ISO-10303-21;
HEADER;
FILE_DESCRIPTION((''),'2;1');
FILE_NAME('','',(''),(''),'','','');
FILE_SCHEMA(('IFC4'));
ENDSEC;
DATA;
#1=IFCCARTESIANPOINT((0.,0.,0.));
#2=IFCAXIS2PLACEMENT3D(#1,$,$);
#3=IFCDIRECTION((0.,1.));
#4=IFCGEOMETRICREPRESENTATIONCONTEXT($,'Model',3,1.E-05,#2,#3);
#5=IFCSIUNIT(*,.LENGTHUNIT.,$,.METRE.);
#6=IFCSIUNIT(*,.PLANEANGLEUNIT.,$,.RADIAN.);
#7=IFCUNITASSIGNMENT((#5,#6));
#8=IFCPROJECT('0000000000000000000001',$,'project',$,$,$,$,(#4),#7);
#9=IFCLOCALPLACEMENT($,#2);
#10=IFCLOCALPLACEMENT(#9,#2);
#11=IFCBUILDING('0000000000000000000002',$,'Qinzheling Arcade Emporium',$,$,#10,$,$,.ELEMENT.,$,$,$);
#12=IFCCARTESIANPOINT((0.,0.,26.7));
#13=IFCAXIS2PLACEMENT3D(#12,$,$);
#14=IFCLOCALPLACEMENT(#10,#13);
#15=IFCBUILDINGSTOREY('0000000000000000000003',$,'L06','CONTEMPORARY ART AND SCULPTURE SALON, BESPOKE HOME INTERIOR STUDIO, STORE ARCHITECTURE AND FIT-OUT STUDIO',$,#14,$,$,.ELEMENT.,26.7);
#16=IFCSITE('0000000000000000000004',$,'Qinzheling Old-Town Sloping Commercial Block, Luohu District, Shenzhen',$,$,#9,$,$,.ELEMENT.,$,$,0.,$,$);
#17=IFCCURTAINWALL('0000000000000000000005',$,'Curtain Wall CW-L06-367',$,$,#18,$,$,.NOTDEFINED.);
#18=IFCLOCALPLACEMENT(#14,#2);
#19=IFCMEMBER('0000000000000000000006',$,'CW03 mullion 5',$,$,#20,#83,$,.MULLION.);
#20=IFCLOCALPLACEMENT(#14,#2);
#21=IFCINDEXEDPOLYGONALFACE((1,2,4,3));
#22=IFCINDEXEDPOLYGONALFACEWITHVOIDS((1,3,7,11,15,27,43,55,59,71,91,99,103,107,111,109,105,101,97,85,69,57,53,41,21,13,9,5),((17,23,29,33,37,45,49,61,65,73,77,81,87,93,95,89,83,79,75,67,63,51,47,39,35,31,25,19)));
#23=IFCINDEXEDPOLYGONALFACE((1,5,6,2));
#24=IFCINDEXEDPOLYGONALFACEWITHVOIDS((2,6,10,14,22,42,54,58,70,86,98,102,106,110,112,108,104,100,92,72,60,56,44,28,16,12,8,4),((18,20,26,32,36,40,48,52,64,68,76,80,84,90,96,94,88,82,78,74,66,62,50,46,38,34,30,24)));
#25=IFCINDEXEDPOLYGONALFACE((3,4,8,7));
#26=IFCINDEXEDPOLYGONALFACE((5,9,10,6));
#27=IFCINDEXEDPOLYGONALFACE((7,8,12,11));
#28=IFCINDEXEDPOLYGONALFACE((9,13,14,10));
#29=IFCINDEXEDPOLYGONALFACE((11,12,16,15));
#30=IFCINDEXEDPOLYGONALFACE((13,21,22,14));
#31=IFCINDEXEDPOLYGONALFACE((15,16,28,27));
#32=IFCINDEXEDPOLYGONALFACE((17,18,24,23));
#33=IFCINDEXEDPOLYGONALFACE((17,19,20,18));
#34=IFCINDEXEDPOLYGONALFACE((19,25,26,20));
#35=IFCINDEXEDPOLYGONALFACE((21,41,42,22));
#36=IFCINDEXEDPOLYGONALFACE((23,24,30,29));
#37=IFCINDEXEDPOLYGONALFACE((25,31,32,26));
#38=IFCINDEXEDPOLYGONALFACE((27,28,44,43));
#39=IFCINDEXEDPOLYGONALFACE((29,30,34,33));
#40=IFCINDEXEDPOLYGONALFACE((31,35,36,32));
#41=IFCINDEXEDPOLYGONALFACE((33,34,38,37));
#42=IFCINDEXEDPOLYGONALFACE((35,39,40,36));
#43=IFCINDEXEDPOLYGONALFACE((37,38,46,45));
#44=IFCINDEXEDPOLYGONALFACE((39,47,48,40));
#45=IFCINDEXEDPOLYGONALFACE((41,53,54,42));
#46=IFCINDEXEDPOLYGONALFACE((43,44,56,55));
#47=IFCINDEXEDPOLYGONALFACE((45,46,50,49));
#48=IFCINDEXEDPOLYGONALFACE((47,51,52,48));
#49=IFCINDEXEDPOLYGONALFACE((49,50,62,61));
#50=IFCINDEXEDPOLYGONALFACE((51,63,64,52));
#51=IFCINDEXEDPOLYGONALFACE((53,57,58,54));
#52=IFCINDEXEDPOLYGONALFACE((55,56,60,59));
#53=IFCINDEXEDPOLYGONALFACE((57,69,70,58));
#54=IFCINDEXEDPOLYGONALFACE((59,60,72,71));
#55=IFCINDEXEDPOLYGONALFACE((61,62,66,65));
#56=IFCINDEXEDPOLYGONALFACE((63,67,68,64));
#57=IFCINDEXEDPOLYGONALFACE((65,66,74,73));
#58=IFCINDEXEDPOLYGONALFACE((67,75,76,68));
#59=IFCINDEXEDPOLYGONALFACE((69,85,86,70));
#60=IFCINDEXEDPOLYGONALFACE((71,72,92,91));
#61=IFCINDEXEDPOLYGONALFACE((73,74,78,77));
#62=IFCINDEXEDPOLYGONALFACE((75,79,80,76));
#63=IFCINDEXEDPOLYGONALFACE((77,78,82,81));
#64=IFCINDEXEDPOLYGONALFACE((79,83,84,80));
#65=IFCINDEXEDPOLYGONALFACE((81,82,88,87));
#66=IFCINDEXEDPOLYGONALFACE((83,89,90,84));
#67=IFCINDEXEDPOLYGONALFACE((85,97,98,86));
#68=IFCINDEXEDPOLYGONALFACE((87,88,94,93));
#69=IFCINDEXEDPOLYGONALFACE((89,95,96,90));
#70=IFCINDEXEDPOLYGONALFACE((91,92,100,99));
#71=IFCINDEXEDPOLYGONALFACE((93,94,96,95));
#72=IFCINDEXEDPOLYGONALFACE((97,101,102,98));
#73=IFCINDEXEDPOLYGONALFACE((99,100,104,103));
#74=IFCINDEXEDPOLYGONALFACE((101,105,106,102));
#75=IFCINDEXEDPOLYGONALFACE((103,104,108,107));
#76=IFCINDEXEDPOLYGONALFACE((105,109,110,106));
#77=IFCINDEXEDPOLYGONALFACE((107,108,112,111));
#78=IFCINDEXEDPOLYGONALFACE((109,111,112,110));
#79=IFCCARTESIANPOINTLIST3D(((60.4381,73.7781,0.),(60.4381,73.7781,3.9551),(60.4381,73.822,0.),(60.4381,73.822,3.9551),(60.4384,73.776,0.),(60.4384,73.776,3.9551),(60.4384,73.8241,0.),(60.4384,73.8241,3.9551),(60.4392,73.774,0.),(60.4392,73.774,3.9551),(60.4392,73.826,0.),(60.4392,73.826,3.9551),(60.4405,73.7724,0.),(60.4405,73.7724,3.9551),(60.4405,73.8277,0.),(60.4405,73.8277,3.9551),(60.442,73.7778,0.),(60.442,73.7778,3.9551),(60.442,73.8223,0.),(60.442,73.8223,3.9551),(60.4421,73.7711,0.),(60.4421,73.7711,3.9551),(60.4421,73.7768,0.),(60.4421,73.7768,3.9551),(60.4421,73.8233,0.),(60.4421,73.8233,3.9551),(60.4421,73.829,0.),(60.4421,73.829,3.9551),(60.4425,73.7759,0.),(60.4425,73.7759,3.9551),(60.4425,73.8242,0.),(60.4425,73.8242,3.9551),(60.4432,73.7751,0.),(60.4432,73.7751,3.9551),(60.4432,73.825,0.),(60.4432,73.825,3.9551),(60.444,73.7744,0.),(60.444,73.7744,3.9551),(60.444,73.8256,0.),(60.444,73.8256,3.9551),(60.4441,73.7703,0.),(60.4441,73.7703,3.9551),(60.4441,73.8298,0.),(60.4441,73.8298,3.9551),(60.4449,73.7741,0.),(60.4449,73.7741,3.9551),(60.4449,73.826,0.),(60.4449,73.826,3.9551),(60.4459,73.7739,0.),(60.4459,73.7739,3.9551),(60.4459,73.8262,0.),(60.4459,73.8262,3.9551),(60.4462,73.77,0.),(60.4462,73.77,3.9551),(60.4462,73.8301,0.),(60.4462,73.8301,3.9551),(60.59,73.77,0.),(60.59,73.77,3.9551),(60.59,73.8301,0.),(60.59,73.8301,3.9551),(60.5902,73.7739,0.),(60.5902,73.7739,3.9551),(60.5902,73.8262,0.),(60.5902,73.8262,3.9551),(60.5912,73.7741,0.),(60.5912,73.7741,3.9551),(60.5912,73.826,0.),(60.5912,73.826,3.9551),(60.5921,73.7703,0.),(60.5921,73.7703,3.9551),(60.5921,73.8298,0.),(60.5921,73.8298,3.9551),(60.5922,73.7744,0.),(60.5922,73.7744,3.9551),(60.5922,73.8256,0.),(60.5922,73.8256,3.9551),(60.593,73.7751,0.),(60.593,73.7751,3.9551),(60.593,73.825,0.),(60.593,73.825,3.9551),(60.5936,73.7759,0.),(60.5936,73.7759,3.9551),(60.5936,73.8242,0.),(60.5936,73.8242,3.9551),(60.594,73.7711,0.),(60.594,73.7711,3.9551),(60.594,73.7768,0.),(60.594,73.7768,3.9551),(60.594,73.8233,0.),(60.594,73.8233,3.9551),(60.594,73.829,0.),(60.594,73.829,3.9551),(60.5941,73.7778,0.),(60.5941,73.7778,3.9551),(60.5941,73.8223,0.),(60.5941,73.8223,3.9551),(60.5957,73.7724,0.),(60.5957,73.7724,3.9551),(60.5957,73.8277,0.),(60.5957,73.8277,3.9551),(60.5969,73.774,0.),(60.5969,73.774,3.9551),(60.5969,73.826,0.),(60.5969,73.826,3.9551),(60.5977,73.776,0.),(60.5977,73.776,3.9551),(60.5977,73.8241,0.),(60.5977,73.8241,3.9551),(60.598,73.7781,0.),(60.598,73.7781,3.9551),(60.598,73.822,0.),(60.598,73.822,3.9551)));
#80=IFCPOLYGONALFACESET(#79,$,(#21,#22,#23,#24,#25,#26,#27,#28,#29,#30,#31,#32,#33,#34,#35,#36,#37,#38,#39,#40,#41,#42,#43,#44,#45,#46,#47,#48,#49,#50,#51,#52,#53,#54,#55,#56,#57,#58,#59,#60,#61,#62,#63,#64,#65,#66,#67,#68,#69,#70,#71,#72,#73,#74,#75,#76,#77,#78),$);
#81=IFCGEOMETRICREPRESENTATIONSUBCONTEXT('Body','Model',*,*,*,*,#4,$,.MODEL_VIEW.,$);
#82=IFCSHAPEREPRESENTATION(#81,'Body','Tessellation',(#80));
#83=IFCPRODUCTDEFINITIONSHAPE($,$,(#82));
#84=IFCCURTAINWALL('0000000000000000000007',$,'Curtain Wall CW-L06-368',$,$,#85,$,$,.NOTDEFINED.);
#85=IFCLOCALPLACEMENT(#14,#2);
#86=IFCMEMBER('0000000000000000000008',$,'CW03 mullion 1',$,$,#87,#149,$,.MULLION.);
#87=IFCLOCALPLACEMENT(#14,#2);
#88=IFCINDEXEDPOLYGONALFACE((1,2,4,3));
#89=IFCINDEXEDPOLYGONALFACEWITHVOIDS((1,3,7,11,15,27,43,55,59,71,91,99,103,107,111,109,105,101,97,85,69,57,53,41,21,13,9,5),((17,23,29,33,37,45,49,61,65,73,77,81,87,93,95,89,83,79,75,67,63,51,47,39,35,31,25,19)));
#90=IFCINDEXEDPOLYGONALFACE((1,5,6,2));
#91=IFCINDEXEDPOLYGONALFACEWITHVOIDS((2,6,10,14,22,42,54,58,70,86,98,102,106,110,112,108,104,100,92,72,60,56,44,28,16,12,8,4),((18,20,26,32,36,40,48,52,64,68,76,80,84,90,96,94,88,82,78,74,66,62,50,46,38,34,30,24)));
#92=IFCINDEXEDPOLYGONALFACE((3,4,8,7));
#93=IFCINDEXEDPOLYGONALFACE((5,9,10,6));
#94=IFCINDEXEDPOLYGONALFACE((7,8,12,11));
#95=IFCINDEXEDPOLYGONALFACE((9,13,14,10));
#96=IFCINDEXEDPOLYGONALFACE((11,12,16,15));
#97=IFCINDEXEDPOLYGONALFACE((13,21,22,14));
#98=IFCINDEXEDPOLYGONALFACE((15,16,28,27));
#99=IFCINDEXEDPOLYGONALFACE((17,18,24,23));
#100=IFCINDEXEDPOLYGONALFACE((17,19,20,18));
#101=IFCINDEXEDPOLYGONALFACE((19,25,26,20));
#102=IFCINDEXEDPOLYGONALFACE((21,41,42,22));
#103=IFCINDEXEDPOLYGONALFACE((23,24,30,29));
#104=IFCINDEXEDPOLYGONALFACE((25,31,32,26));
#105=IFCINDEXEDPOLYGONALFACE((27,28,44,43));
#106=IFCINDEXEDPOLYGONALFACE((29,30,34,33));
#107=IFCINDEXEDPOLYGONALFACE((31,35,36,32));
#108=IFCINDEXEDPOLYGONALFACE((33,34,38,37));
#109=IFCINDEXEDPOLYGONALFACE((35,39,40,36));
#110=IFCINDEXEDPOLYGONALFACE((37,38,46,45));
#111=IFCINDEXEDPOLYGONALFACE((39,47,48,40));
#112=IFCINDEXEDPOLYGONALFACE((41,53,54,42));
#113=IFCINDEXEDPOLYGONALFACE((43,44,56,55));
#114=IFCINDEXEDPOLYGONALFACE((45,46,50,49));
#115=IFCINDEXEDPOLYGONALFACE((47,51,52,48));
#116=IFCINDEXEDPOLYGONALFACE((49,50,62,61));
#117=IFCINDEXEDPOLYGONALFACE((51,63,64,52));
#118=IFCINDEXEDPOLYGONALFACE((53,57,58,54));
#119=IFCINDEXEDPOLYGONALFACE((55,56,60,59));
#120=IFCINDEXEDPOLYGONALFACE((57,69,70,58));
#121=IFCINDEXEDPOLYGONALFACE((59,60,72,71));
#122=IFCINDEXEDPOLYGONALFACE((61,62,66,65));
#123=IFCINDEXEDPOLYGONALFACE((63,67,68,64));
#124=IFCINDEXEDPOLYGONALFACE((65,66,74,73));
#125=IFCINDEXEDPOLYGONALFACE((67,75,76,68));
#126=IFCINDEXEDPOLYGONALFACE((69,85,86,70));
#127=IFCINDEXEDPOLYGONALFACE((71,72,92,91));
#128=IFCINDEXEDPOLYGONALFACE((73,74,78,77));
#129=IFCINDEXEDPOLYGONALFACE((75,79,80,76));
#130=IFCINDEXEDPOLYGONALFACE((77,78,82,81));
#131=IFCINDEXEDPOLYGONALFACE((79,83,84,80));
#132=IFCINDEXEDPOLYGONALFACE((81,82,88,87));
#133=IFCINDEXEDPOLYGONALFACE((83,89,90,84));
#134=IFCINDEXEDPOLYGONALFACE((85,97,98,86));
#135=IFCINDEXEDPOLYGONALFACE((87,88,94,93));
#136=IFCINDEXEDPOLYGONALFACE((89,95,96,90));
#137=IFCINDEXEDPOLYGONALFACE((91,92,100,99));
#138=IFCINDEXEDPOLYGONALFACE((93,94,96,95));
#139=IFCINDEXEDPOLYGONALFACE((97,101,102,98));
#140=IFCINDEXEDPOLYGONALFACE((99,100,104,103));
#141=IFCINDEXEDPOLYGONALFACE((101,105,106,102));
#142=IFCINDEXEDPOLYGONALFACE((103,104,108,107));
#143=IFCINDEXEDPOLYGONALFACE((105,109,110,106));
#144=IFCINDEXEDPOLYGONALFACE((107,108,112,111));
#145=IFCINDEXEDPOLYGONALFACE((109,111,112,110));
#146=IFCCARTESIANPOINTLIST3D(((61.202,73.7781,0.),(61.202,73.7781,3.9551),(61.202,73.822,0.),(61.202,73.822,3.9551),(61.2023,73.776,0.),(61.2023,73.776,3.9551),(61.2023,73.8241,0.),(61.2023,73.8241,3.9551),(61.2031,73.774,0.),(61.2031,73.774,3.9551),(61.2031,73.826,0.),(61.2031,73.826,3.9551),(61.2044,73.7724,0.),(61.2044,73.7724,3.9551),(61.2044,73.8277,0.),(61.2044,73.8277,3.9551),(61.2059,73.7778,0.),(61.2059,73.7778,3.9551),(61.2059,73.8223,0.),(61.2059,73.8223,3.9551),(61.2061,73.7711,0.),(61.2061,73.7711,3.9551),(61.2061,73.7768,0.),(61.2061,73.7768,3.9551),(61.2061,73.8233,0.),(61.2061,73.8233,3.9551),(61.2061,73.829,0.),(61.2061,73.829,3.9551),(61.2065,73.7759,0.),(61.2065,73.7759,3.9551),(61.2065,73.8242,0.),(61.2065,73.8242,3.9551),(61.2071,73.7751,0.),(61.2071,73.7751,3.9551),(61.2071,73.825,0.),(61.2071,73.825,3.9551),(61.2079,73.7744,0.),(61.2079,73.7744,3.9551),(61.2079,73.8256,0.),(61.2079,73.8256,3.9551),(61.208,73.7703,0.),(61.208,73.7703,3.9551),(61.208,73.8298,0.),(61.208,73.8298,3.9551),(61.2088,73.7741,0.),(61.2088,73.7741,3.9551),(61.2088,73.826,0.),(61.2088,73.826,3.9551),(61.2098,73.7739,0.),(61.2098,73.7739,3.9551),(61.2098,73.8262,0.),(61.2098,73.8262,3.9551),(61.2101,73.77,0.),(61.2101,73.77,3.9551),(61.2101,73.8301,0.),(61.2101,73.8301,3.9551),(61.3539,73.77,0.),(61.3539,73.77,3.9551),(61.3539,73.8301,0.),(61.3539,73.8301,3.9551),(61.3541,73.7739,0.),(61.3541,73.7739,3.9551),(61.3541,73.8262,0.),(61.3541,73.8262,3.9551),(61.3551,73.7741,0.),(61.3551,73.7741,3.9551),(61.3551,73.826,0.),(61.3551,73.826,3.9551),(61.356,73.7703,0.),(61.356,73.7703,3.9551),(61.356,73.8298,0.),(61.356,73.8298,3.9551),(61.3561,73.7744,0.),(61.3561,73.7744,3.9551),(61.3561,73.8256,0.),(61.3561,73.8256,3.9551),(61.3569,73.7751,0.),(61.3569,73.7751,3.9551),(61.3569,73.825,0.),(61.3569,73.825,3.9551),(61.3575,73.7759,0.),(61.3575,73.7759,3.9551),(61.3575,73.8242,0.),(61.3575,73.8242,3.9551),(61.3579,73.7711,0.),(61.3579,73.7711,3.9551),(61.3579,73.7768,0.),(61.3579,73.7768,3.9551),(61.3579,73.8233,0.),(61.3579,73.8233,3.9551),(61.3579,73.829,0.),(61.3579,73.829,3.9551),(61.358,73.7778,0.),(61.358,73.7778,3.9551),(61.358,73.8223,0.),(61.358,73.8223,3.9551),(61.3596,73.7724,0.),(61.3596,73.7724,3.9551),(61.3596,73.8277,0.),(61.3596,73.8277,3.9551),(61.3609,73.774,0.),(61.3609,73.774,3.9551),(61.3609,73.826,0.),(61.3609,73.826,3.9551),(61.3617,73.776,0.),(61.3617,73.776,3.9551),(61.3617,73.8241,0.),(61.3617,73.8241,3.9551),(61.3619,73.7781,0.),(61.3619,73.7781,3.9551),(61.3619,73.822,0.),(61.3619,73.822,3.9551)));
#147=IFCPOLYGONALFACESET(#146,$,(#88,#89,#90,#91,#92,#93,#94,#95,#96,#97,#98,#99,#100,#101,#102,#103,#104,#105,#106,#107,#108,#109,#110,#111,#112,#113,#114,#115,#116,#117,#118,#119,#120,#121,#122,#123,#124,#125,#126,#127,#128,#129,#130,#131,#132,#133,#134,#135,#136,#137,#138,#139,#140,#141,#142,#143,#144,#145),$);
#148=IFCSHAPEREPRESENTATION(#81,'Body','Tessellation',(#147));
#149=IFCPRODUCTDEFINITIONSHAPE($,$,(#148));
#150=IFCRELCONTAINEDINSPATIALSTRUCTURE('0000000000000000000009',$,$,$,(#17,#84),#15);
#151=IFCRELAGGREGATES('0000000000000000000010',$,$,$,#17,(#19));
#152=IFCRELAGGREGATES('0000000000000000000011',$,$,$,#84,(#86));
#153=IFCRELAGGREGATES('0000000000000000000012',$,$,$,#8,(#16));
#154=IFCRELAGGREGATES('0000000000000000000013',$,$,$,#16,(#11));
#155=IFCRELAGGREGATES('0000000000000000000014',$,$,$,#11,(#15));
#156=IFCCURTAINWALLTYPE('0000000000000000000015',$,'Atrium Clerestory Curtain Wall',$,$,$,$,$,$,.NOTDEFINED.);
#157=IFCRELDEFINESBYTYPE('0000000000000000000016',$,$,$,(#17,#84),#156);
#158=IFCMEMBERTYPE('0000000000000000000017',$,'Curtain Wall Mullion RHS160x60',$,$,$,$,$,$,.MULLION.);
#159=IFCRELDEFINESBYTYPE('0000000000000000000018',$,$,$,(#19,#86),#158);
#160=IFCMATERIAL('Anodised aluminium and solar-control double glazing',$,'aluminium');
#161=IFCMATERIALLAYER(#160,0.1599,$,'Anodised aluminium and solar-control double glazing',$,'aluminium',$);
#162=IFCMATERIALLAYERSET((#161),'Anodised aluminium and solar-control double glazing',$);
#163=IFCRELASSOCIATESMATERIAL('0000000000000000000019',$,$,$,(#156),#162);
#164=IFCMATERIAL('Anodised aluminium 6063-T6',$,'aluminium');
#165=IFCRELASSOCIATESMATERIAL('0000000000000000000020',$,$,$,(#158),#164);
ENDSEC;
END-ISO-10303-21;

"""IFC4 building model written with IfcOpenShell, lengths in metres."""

from ifc_helpers import new_model, si_unit, direction, frame, origin, origin_2d, place, context, subcontext, project, spatial, hollow_rectangle, extrude, material, layer, layer_set, material_profile, profile_set, type_object, element, aggregate, save


model = new_model("IFC4")

# Units and contexts
model_context = context("Model", 3, precision=1e-05, world=origin(), true_north=direction((0.0, 1.0)))
body_context = subcontext(model_context, "Body", "Model", "MODEL_VIEW")
ifc_project = project(units=[si_unit("LENGTHUNIT", "METRE"), si_unit("PLANEANGLEUNIT", "RADIAN")], contexts=[model_context])

# Site, building, storey
site_placement = place(None, origin())
site = spatial("IfcSite", under=ifc_project, at=site_placement, Name="Qinzheling Old-Town Sloping Commercial Block, Luohu District, Shenzhen", CompositionType="ELEMENT", RefElevation=0.0)
building_placement = place(site_placement, origin())
building = spatial("IfcBuilding", under=site, at=building_placement, Name="Qinzheling Arcade Emporium", CompositionType="ELEMENT")
storey_placement = place(building_placement, frame((0.0, 0.0, 26.7)))
storey = spatial("IfcBuildingStorey", under=building, at=storey_placement, Name="L06", Description="CONTEMPORARY ART AND SCULPTURE SALON, BESPOKE HOME INTERIOR STUDIO, STORE ARCHITECTURE AND FIT-OUT STUDIO", CompositionType="ELEMENT", Elevation=26.7)

# Curtain wall, member
ifc_material_1 = material(Name="Anodised aluminium and solar-control double glazing", Category="aluminium")
ifc_layer_1 = layer(ifc_material_1, 0.1599, Name="Anodised aluminium and solar-control double glazing", Category="aluminium")
ifc_layer_set_1 = layer_set([ifc_layer_1], Name="Anodised aluminium and solar-control double glazing")
curtain_wall_type = type_object("IfcCurtainWallType", Name="Atrium Clerestory Curtain Wall", PredefinedType="NOTDEFINED", material=ifc_layer_set_1)
curtain_wall_1_placement = place(storey_placement, origin())
curtain_wall_1 = element("IfcCurtainWall", 1, at=curtain_wall_1_placement, inside=storey, type_object=curtain_wall_type, Name="Curtain Wall CW-L06-367", PredefinedType="NOTDEFINED")
ifc_material_2 = material(Name="Anodised aluminium 6063-T6", Category="aluminium")
ifc_material_profile_1 = material_profile(ifc_material_2, hollow_rectangle(XDim=0.0601, YDim=0.1599, WallThickness=0.0039, InnerFilletRadius=0.0039, OuterFilletRadius=0.0081, at=origin_2d()), Name="RHS 160x60x4", Category="aluminium")
ifc_profile_set_1 = profile_set([ifc_material_profile_1], Name="Anodised aluminium 6063-T6")
member_type_1 = type_object("IfcMemberType", Name="Curtain Wall Mullion RHS160x60", PredefinedType="MULLION", material=ifc_profile_set_1)
member_1_placement = place(storey_placement, frame((60.5181, 73.8, 0.0), z_axis=(0.0, 0.0, 1.0), x_axis=(0.0, 1.0, 0.0)))
member_1 = element("IfcMember", 2, at=member_1_placement, type_object=member_type_1, Name="CW03 mullion 5", PredefinedType="MULLION", context=body_context, shape_type="SweptSolid", body=[
    extrude(hollow_rectangle(XDim=0.0601, YDim=0.1599, WallThickness=0.0039, InnerFilletRadius=0.0039, OuterFilletRadius=0.0081, at=origin_2d()), origin(), (0.0, 0.0, 1.0), 3.9551),
])

# Curtain wall, member
curtain_wall_2_placement = place(storey_placement, origin())
curtain_wall_2 = element("IfcCurtainWall", 3, at=curtain_wall_2_placement, inside=storey, type_object=curtain_wall_type, Name="Curtain Wall CW-L06-368", PredefinedType="NOTDEFINED")
member_2_placement = place(storey_placement, frame((61.282, 73.8, 0.0), z_axis=(0.0, 0.0, 1.0), x_axis=(0.0, 1.0, 0.0)))
member_2 = element("IfcMember", 4, at=member_2_placement, type_object=member_type_1, Name="CW03 mullion 1", PredefinedType="MULLION", context=body_context, shape_type="SweptSolid", body=[
    extrude(hollow_rectangle(XDim=0.0601, YDim=0.1599, WallThickness=0.0039, InnerFilletRadius=0.0039, OuterFilletRadius=0.0081, at=origin_2d()), origin(), (0.0, 0.0, 1.0), 3.9551),
])

aggregate(curtain_wall_1, [member_1])
aggregate(curtain_wall_2, [member_2])

save(model, "model.ifc")
